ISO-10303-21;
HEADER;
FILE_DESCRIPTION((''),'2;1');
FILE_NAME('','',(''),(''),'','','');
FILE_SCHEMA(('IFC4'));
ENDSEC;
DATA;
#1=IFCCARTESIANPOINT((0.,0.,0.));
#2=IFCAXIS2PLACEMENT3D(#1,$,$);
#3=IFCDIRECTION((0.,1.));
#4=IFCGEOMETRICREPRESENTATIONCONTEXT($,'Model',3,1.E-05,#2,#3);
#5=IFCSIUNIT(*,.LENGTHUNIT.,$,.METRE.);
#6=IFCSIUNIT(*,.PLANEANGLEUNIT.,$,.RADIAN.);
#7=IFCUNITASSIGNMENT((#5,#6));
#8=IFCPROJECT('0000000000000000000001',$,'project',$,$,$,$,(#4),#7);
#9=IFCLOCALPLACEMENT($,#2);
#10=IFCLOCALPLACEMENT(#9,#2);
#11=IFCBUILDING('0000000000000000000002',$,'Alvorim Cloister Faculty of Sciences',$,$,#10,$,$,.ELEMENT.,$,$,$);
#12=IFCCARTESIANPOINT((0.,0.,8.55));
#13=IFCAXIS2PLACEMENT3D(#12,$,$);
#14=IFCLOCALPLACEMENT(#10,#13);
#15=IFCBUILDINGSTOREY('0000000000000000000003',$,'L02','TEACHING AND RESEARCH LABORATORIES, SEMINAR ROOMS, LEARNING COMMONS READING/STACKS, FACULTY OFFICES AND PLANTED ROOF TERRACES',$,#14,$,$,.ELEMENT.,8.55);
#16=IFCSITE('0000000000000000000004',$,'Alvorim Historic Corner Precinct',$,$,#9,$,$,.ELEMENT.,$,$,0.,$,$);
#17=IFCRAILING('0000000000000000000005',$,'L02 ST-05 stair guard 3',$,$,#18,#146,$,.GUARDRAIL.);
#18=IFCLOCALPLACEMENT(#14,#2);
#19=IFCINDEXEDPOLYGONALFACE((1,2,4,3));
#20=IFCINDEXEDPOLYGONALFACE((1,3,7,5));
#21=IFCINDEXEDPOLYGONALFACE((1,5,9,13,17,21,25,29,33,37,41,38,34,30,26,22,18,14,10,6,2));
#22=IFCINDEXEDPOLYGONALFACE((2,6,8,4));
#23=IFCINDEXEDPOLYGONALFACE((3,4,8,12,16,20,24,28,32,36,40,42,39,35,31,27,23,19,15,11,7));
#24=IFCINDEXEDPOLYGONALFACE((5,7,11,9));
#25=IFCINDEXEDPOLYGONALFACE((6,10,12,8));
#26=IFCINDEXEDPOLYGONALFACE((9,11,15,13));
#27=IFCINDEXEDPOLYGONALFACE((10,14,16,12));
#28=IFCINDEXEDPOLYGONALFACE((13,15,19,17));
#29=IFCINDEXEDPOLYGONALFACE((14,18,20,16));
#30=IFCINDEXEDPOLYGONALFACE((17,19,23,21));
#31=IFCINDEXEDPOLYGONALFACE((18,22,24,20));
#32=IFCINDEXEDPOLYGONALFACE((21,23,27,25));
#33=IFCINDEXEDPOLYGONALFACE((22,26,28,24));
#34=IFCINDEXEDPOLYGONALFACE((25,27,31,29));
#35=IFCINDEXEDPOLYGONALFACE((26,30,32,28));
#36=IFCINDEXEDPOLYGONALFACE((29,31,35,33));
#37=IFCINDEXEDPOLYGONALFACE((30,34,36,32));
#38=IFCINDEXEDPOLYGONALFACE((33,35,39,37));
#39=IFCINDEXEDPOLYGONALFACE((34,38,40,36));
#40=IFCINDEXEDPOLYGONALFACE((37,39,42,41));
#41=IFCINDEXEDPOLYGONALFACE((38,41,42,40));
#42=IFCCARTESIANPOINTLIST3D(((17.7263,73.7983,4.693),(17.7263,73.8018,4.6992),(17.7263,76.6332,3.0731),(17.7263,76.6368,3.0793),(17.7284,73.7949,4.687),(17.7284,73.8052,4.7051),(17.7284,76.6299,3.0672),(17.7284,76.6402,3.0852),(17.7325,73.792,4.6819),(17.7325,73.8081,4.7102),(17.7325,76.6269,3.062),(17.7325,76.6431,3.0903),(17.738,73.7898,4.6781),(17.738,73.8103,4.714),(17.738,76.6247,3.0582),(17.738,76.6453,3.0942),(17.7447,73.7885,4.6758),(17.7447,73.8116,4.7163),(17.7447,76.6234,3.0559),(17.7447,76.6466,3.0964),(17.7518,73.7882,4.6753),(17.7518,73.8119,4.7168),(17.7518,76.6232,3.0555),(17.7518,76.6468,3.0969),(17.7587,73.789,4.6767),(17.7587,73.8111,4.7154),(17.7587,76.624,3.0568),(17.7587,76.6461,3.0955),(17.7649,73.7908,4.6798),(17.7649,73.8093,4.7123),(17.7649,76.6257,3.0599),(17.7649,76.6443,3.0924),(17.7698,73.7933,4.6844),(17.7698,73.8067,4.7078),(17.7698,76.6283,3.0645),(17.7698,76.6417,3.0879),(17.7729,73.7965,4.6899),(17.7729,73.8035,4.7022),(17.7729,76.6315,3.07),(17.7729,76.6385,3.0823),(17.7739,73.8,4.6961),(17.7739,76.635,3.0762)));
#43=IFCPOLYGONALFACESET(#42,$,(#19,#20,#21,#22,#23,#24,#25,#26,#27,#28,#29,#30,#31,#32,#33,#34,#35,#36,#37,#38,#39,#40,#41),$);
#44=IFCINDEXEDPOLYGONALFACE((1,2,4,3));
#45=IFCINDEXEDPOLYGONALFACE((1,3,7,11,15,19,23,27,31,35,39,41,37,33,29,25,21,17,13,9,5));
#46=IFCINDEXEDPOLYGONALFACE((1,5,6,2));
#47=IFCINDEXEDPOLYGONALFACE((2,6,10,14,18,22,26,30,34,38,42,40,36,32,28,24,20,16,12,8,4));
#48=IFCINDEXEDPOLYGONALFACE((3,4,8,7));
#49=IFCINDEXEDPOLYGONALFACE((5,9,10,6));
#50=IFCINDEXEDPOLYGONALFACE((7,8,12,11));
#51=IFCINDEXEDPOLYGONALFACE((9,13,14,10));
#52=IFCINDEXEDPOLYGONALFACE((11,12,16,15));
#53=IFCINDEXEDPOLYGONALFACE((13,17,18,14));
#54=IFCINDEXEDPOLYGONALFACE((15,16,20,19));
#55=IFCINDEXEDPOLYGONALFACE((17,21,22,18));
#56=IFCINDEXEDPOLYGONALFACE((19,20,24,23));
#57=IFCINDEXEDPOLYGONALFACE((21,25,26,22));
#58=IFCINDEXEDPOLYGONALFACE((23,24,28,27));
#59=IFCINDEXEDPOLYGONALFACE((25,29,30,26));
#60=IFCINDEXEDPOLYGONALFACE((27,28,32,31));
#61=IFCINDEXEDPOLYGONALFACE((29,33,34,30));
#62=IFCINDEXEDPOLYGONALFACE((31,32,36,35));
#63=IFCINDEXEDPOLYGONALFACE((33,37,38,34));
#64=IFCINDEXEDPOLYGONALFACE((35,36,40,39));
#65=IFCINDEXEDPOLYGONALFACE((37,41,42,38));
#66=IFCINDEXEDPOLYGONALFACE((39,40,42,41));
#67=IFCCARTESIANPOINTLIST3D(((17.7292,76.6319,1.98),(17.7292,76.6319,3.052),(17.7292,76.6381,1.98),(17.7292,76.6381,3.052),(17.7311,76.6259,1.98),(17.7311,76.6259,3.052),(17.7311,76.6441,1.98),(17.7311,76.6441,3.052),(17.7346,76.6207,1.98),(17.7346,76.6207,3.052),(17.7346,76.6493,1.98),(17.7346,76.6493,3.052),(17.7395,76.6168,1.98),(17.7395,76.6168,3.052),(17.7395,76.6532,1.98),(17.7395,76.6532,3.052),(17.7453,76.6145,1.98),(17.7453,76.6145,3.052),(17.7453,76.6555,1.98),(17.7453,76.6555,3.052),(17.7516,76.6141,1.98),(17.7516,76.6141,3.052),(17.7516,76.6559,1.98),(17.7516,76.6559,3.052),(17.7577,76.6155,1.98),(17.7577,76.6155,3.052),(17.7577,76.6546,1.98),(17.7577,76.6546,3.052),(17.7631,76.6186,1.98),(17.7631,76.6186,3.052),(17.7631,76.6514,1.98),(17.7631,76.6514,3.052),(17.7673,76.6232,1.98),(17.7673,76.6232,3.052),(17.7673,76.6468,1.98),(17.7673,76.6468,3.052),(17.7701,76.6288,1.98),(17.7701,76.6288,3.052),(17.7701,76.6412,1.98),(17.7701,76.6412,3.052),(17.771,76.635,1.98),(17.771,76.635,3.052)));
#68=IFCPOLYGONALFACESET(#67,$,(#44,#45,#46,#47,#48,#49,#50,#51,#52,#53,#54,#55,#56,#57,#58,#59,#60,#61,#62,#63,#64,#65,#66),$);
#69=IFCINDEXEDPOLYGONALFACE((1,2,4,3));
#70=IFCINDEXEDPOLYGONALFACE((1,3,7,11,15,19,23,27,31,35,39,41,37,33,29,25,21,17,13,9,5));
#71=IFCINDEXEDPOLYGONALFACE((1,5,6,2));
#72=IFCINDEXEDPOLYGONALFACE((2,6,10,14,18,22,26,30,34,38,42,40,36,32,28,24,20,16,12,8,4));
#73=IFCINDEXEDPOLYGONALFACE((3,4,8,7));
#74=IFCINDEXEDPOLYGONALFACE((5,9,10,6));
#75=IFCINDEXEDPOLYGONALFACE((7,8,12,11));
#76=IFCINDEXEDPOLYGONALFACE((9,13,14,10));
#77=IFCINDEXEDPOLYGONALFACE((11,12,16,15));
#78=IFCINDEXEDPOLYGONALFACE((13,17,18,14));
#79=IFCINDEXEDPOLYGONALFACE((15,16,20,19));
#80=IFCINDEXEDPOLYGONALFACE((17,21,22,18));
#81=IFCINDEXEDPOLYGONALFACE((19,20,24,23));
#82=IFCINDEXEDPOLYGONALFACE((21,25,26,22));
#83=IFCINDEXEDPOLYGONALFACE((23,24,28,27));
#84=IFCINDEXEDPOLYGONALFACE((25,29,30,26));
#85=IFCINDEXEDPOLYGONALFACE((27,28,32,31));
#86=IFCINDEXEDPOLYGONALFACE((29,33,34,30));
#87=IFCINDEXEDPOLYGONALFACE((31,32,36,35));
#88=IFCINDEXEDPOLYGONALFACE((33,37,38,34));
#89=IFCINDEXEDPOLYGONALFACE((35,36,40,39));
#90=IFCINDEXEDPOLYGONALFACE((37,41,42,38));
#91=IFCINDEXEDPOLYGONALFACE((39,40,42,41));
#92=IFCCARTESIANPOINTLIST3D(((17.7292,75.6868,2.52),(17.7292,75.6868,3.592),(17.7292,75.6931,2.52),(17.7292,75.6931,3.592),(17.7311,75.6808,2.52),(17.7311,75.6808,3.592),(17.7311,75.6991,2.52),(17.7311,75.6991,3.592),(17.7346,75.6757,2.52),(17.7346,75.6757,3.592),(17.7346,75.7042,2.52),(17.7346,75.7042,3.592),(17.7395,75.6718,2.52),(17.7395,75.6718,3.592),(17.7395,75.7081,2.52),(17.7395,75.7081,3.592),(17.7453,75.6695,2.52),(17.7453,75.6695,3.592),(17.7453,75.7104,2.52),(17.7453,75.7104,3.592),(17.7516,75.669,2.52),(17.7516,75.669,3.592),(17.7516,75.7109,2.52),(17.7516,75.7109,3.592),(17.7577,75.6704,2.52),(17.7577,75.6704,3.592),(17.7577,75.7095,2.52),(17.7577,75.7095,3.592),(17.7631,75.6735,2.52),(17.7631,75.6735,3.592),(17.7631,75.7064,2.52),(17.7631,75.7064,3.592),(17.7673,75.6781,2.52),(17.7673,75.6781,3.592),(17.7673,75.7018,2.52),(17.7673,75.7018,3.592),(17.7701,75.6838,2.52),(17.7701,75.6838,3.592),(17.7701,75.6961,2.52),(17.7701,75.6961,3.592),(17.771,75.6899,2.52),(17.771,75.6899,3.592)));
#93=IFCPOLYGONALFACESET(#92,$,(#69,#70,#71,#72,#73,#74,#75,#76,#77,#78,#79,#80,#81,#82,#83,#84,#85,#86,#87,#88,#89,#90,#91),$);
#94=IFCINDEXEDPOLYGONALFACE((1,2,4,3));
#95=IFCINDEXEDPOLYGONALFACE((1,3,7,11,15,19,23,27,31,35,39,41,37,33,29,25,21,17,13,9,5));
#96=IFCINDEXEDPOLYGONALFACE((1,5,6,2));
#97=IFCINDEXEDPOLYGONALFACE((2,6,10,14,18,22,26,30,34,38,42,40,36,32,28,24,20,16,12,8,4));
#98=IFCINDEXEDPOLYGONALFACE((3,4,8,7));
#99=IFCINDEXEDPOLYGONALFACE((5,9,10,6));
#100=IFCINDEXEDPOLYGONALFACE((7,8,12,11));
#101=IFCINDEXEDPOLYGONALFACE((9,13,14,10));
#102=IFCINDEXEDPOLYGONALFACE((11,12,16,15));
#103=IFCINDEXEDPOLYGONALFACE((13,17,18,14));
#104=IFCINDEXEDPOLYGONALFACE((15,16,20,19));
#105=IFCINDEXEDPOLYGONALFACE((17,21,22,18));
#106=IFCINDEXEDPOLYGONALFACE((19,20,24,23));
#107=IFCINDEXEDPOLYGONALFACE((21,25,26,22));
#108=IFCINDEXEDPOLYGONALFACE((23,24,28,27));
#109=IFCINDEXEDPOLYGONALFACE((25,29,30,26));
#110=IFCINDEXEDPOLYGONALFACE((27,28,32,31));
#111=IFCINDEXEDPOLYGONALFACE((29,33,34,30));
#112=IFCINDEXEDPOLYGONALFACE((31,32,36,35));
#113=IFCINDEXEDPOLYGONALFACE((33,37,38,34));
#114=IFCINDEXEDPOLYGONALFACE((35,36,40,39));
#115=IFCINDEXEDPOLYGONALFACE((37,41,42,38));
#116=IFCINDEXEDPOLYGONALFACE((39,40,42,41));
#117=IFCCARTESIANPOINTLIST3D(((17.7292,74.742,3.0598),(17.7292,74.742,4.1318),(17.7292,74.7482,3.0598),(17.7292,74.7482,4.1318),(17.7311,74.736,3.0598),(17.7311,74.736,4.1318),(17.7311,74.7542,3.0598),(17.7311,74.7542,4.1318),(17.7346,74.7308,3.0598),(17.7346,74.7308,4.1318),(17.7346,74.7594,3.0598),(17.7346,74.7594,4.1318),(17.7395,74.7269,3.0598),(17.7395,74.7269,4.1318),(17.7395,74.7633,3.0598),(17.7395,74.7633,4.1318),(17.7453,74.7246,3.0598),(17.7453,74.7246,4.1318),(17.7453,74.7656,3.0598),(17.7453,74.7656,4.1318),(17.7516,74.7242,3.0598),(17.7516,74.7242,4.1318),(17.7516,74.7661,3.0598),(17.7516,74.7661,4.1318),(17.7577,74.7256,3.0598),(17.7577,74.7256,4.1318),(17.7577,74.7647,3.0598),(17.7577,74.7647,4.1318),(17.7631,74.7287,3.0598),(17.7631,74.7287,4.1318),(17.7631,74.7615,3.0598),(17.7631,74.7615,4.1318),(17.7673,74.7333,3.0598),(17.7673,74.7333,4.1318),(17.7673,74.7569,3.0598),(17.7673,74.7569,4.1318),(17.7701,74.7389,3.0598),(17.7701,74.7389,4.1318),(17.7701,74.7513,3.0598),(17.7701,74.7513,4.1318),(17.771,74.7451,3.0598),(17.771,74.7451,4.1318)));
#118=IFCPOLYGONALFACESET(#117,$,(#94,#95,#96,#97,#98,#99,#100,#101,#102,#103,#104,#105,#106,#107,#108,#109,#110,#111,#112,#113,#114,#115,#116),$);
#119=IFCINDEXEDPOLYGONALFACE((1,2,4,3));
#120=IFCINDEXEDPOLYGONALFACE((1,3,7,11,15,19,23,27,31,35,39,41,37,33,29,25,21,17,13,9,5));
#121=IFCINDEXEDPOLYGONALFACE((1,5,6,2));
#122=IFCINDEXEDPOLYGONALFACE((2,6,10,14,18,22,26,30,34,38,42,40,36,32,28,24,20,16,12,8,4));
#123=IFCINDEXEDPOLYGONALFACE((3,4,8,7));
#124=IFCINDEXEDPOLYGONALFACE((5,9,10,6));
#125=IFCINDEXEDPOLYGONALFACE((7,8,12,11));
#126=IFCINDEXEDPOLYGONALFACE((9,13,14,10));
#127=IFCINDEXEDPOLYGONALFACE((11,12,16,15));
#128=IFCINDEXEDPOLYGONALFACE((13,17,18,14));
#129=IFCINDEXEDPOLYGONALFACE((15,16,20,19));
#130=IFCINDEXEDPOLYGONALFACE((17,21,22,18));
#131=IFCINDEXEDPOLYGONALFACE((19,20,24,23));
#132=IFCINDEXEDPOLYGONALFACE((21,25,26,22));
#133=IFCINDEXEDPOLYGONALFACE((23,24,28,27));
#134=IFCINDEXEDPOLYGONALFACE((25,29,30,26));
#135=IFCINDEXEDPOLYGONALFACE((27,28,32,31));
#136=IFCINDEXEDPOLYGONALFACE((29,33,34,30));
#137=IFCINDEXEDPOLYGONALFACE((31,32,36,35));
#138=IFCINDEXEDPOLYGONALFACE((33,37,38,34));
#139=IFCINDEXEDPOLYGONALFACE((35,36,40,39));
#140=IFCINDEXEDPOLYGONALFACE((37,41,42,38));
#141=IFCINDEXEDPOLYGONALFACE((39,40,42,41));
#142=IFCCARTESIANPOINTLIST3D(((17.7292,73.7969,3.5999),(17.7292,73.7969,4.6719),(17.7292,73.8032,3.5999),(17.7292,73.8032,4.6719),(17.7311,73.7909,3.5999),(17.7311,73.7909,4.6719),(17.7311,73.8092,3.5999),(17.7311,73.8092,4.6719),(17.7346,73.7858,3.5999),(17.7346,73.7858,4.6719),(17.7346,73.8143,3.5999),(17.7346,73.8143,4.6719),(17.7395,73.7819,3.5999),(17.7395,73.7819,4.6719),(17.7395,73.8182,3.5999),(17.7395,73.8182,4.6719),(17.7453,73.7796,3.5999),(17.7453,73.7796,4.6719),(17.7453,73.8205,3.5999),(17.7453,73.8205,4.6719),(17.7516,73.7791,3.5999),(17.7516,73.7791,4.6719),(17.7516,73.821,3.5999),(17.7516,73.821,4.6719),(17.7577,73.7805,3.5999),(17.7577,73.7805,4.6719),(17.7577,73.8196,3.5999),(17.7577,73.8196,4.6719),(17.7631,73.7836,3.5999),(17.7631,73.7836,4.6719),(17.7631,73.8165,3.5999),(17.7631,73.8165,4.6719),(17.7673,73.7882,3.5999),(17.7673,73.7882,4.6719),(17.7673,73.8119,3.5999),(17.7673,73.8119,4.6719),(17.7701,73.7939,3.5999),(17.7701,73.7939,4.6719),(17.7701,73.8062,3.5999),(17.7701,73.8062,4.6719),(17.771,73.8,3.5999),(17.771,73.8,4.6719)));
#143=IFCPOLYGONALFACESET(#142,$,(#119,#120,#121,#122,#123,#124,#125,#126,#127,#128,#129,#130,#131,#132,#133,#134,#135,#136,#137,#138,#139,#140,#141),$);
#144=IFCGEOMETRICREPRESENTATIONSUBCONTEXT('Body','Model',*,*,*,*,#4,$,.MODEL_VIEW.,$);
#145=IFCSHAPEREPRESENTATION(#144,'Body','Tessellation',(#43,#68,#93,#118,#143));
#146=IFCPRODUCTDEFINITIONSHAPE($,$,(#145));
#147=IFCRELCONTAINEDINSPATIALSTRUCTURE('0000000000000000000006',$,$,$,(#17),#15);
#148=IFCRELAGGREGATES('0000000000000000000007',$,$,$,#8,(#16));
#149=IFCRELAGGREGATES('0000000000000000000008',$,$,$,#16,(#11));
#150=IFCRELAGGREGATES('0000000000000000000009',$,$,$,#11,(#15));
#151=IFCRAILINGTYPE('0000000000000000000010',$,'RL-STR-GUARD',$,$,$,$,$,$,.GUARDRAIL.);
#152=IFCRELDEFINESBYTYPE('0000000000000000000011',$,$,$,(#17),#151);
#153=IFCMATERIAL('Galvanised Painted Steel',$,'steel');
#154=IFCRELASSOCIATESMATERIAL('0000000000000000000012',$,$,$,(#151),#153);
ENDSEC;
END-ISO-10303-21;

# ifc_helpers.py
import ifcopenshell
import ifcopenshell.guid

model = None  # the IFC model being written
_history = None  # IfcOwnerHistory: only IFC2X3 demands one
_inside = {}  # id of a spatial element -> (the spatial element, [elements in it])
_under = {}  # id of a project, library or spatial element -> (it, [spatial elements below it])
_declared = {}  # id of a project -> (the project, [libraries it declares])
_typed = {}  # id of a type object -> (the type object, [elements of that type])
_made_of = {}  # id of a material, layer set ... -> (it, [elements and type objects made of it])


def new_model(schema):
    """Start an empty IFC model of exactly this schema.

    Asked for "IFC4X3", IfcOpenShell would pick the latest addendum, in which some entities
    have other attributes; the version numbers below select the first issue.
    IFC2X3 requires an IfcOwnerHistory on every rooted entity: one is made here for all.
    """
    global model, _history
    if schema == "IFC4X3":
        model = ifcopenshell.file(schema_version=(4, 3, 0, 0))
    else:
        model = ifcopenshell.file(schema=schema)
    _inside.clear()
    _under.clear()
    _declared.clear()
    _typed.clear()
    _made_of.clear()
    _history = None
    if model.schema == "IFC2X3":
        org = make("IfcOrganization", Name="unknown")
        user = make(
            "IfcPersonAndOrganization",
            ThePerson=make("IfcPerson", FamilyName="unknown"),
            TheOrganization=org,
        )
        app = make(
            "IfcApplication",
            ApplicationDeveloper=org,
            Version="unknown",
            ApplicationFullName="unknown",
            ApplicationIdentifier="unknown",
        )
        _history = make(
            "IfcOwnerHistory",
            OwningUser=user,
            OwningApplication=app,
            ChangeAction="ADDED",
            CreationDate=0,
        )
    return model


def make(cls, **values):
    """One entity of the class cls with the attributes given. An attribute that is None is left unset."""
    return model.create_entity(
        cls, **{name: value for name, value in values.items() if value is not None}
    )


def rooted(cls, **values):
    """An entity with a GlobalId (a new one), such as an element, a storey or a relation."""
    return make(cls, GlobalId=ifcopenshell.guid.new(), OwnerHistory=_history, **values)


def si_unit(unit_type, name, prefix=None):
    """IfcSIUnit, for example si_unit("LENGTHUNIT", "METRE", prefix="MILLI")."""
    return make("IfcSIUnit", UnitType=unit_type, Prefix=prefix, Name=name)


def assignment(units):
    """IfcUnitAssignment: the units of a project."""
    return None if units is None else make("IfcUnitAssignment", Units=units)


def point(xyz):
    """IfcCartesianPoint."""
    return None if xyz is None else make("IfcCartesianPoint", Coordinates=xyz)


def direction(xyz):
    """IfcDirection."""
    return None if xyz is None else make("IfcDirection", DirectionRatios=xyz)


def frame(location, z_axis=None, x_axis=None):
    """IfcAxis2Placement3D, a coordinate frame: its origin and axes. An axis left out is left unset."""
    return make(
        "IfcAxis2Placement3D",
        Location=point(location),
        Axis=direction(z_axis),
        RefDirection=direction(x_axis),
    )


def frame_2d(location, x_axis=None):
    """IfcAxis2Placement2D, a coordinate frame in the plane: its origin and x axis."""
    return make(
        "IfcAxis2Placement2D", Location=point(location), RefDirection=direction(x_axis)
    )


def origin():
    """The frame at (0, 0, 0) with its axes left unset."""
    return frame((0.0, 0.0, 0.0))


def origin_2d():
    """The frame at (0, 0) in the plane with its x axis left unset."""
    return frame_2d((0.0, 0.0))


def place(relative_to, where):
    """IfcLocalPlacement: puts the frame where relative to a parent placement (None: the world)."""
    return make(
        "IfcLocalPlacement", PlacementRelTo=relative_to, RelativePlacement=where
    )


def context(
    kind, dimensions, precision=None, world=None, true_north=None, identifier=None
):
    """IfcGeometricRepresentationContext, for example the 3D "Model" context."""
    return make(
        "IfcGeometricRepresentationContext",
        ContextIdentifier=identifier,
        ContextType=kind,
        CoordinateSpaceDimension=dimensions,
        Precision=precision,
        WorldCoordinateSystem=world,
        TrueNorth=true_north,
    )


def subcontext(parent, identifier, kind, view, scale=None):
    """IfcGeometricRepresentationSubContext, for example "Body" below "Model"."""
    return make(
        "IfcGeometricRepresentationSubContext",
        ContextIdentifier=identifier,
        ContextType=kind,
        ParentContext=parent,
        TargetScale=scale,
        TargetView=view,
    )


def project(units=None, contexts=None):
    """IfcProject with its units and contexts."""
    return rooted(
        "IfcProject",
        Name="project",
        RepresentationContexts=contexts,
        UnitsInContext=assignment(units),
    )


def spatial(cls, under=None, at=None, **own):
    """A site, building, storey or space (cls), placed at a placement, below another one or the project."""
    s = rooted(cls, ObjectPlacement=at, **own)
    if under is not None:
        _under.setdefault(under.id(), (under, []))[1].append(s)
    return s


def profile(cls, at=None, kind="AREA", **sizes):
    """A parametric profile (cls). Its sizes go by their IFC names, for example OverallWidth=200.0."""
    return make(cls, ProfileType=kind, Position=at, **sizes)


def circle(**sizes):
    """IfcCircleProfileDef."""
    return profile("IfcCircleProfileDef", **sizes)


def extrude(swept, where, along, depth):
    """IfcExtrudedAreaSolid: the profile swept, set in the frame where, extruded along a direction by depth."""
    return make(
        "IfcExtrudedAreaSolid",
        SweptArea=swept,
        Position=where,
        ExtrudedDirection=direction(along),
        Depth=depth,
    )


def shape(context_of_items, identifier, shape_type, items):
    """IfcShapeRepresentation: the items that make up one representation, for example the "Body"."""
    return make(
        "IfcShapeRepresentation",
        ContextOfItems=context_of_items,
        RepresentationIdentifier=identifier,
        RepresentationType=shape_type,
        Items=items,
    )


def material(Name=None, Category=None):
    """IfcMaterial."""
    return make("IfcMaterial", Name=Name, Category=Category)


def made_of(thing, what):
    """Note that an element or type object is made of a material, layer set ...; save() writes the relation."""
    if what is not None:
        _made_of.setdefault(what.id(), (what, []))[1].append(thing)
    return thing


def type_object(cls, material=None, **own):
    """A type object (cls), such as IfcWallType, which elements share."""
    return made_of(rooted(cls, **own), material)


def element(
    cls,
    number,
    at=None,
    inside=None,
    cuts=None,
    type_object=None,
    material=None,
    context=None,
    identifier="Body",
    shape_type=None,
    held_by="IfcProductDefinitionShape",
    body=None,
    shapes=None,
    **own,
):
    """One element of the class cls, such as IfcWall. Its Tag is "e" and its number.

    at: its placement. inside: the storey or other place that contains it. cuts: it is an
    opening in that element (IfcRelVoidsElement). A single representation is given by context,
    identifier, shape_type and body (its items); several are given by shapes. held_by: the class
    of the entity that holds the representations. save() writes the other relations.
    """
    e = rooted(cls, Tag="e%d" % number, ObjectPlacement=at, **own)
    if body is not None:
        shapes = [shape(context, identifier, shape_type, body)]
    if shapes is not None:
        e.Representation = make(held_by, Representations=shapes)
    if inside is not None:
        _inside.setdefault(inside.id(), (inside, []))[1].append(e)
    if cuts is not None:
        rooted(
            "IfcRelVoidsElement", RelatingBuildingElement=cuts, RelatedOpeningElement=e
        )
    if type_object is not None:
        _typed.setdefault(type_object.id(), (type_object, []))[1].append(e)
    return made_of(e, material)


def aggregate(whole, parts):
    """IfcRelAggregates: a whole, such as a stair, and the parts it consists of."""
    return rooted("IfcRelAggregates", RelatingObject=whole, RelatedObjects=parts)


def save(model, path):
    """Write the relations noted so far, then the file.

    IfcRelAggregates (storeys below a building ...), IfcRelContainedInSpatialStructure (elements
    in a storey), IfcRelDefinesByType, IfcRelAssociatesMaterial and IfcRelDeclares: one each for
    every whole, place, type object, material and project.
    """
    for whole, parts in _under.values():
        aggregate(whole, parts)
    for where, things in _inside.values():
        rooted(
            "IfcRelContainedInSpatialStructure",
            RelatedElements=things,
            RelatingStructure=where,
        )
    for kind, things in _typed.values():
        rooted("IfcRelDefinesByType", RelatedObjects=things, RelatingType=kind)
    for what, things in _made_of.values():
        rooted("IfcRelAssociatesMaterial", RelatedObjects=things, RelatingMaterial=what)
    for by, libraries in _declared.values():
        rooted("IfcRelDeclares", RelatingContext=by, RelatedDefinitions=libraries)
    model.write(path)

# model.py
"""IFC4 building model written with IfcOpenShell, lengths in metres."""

from ifc_helpers import new_model, si_unit, direction, frame, origin, origin_2d, place, context, subcontext, project, spatial, circle, extrude, material, type_object, element, save


model = new_model("IFC4")

# Units and contexts
model_context = context("Model", 3, precision=1e-05, world=origin(), true_north=direction((0.0, 1.0)))
body_context = subcontext(model_context, "Body", "Model", "MODEL_VIEW")
ifc_project = project(units=[si_unit("LENGTHUNIT", "METRE"), si_unit("PLANEANGLEUNIT", "RADIAN")], contexts=[model_context])

# Site, building, storey
site_placement = place(None, origin())
site = spatial("IfcSite", under=ifc_project, at=site_placement, Name="Alvorim Historic Corner Precinct", CompositionType="ELEMENT", RefElevation=0.0)
building_placement = place(site_placement, origin())
building = spatial("IfcBuilding", under=site, at=building_placement, Name="Alvorim Cloister Faculty of Sciences", CompositionType="ELEMENT")
storey_placement = place(building_placement, frame((0.0, 0.0, 8.55)))
storey = spatial("IfcBuildingStorey", under=building, at=storey_placement, Name="L02", Description="TEACHING AND RESEARCH LABORATORIES, SEMINAR ROOMS, LEARNING COMMONS READING/STACKS, FACULTY OFFICES AND PLANTED ROOF TERRACES", CompositionType="ELEMENT", Elevation=8.55)

# Railing
ifc_material_1 = material(Name="Galvanised Painted Steel", Category="steel")
railing_type_1 = type_object("IfcRailingType", Name="RL-STR-GUARD", PredefinedType="GUARDRAIL", material=ifc_material_1)
railing_1_placement = place(storey_placement, frame((17.75, 76.635, 1.98)))
element("IfcRailing", 1, at=railing_1_placement, inside=storey, type_object=railing_type_1, Name="L02 ST-05 stair guard 3", PredefinedType="GUARDRAIL", context=body_context, shape_type="SweptSolid", body=[
    extrude(circle(Radius=0.0239, at=origin_2d()), frame((0.0, 0.0, 1.0962), z_axis=(0.0, -0.868257, 0.496115), x_axis=(1.0, 0.0, 0.0)), (0.0, 0.0, 1.0), 3.2651),
    extrude(circle(Radius=0.021, at=origin_2d()), origin(), (0.0, 0.0, 1.0), 1.072),
    extrude(circle(Radius=0.021, at=origin_2d()), frame((0.0, -0.9451, 0.54)), (0.0, 0.0, 1.0), 1.072),
    extrude(circle(Radius=0.021, at=origin_2d()), frame((0.0, -1.8899, 1.0798)), (0.0, 0.0, 1.0), 1.072),
    extrude(circle(Radius=0.021, at=origin_2d()), frame((0.0, -2.835, 1.6199)), (0.0, 0.0, 1.0), 1.072),
])

save(model, "model.ifc")
